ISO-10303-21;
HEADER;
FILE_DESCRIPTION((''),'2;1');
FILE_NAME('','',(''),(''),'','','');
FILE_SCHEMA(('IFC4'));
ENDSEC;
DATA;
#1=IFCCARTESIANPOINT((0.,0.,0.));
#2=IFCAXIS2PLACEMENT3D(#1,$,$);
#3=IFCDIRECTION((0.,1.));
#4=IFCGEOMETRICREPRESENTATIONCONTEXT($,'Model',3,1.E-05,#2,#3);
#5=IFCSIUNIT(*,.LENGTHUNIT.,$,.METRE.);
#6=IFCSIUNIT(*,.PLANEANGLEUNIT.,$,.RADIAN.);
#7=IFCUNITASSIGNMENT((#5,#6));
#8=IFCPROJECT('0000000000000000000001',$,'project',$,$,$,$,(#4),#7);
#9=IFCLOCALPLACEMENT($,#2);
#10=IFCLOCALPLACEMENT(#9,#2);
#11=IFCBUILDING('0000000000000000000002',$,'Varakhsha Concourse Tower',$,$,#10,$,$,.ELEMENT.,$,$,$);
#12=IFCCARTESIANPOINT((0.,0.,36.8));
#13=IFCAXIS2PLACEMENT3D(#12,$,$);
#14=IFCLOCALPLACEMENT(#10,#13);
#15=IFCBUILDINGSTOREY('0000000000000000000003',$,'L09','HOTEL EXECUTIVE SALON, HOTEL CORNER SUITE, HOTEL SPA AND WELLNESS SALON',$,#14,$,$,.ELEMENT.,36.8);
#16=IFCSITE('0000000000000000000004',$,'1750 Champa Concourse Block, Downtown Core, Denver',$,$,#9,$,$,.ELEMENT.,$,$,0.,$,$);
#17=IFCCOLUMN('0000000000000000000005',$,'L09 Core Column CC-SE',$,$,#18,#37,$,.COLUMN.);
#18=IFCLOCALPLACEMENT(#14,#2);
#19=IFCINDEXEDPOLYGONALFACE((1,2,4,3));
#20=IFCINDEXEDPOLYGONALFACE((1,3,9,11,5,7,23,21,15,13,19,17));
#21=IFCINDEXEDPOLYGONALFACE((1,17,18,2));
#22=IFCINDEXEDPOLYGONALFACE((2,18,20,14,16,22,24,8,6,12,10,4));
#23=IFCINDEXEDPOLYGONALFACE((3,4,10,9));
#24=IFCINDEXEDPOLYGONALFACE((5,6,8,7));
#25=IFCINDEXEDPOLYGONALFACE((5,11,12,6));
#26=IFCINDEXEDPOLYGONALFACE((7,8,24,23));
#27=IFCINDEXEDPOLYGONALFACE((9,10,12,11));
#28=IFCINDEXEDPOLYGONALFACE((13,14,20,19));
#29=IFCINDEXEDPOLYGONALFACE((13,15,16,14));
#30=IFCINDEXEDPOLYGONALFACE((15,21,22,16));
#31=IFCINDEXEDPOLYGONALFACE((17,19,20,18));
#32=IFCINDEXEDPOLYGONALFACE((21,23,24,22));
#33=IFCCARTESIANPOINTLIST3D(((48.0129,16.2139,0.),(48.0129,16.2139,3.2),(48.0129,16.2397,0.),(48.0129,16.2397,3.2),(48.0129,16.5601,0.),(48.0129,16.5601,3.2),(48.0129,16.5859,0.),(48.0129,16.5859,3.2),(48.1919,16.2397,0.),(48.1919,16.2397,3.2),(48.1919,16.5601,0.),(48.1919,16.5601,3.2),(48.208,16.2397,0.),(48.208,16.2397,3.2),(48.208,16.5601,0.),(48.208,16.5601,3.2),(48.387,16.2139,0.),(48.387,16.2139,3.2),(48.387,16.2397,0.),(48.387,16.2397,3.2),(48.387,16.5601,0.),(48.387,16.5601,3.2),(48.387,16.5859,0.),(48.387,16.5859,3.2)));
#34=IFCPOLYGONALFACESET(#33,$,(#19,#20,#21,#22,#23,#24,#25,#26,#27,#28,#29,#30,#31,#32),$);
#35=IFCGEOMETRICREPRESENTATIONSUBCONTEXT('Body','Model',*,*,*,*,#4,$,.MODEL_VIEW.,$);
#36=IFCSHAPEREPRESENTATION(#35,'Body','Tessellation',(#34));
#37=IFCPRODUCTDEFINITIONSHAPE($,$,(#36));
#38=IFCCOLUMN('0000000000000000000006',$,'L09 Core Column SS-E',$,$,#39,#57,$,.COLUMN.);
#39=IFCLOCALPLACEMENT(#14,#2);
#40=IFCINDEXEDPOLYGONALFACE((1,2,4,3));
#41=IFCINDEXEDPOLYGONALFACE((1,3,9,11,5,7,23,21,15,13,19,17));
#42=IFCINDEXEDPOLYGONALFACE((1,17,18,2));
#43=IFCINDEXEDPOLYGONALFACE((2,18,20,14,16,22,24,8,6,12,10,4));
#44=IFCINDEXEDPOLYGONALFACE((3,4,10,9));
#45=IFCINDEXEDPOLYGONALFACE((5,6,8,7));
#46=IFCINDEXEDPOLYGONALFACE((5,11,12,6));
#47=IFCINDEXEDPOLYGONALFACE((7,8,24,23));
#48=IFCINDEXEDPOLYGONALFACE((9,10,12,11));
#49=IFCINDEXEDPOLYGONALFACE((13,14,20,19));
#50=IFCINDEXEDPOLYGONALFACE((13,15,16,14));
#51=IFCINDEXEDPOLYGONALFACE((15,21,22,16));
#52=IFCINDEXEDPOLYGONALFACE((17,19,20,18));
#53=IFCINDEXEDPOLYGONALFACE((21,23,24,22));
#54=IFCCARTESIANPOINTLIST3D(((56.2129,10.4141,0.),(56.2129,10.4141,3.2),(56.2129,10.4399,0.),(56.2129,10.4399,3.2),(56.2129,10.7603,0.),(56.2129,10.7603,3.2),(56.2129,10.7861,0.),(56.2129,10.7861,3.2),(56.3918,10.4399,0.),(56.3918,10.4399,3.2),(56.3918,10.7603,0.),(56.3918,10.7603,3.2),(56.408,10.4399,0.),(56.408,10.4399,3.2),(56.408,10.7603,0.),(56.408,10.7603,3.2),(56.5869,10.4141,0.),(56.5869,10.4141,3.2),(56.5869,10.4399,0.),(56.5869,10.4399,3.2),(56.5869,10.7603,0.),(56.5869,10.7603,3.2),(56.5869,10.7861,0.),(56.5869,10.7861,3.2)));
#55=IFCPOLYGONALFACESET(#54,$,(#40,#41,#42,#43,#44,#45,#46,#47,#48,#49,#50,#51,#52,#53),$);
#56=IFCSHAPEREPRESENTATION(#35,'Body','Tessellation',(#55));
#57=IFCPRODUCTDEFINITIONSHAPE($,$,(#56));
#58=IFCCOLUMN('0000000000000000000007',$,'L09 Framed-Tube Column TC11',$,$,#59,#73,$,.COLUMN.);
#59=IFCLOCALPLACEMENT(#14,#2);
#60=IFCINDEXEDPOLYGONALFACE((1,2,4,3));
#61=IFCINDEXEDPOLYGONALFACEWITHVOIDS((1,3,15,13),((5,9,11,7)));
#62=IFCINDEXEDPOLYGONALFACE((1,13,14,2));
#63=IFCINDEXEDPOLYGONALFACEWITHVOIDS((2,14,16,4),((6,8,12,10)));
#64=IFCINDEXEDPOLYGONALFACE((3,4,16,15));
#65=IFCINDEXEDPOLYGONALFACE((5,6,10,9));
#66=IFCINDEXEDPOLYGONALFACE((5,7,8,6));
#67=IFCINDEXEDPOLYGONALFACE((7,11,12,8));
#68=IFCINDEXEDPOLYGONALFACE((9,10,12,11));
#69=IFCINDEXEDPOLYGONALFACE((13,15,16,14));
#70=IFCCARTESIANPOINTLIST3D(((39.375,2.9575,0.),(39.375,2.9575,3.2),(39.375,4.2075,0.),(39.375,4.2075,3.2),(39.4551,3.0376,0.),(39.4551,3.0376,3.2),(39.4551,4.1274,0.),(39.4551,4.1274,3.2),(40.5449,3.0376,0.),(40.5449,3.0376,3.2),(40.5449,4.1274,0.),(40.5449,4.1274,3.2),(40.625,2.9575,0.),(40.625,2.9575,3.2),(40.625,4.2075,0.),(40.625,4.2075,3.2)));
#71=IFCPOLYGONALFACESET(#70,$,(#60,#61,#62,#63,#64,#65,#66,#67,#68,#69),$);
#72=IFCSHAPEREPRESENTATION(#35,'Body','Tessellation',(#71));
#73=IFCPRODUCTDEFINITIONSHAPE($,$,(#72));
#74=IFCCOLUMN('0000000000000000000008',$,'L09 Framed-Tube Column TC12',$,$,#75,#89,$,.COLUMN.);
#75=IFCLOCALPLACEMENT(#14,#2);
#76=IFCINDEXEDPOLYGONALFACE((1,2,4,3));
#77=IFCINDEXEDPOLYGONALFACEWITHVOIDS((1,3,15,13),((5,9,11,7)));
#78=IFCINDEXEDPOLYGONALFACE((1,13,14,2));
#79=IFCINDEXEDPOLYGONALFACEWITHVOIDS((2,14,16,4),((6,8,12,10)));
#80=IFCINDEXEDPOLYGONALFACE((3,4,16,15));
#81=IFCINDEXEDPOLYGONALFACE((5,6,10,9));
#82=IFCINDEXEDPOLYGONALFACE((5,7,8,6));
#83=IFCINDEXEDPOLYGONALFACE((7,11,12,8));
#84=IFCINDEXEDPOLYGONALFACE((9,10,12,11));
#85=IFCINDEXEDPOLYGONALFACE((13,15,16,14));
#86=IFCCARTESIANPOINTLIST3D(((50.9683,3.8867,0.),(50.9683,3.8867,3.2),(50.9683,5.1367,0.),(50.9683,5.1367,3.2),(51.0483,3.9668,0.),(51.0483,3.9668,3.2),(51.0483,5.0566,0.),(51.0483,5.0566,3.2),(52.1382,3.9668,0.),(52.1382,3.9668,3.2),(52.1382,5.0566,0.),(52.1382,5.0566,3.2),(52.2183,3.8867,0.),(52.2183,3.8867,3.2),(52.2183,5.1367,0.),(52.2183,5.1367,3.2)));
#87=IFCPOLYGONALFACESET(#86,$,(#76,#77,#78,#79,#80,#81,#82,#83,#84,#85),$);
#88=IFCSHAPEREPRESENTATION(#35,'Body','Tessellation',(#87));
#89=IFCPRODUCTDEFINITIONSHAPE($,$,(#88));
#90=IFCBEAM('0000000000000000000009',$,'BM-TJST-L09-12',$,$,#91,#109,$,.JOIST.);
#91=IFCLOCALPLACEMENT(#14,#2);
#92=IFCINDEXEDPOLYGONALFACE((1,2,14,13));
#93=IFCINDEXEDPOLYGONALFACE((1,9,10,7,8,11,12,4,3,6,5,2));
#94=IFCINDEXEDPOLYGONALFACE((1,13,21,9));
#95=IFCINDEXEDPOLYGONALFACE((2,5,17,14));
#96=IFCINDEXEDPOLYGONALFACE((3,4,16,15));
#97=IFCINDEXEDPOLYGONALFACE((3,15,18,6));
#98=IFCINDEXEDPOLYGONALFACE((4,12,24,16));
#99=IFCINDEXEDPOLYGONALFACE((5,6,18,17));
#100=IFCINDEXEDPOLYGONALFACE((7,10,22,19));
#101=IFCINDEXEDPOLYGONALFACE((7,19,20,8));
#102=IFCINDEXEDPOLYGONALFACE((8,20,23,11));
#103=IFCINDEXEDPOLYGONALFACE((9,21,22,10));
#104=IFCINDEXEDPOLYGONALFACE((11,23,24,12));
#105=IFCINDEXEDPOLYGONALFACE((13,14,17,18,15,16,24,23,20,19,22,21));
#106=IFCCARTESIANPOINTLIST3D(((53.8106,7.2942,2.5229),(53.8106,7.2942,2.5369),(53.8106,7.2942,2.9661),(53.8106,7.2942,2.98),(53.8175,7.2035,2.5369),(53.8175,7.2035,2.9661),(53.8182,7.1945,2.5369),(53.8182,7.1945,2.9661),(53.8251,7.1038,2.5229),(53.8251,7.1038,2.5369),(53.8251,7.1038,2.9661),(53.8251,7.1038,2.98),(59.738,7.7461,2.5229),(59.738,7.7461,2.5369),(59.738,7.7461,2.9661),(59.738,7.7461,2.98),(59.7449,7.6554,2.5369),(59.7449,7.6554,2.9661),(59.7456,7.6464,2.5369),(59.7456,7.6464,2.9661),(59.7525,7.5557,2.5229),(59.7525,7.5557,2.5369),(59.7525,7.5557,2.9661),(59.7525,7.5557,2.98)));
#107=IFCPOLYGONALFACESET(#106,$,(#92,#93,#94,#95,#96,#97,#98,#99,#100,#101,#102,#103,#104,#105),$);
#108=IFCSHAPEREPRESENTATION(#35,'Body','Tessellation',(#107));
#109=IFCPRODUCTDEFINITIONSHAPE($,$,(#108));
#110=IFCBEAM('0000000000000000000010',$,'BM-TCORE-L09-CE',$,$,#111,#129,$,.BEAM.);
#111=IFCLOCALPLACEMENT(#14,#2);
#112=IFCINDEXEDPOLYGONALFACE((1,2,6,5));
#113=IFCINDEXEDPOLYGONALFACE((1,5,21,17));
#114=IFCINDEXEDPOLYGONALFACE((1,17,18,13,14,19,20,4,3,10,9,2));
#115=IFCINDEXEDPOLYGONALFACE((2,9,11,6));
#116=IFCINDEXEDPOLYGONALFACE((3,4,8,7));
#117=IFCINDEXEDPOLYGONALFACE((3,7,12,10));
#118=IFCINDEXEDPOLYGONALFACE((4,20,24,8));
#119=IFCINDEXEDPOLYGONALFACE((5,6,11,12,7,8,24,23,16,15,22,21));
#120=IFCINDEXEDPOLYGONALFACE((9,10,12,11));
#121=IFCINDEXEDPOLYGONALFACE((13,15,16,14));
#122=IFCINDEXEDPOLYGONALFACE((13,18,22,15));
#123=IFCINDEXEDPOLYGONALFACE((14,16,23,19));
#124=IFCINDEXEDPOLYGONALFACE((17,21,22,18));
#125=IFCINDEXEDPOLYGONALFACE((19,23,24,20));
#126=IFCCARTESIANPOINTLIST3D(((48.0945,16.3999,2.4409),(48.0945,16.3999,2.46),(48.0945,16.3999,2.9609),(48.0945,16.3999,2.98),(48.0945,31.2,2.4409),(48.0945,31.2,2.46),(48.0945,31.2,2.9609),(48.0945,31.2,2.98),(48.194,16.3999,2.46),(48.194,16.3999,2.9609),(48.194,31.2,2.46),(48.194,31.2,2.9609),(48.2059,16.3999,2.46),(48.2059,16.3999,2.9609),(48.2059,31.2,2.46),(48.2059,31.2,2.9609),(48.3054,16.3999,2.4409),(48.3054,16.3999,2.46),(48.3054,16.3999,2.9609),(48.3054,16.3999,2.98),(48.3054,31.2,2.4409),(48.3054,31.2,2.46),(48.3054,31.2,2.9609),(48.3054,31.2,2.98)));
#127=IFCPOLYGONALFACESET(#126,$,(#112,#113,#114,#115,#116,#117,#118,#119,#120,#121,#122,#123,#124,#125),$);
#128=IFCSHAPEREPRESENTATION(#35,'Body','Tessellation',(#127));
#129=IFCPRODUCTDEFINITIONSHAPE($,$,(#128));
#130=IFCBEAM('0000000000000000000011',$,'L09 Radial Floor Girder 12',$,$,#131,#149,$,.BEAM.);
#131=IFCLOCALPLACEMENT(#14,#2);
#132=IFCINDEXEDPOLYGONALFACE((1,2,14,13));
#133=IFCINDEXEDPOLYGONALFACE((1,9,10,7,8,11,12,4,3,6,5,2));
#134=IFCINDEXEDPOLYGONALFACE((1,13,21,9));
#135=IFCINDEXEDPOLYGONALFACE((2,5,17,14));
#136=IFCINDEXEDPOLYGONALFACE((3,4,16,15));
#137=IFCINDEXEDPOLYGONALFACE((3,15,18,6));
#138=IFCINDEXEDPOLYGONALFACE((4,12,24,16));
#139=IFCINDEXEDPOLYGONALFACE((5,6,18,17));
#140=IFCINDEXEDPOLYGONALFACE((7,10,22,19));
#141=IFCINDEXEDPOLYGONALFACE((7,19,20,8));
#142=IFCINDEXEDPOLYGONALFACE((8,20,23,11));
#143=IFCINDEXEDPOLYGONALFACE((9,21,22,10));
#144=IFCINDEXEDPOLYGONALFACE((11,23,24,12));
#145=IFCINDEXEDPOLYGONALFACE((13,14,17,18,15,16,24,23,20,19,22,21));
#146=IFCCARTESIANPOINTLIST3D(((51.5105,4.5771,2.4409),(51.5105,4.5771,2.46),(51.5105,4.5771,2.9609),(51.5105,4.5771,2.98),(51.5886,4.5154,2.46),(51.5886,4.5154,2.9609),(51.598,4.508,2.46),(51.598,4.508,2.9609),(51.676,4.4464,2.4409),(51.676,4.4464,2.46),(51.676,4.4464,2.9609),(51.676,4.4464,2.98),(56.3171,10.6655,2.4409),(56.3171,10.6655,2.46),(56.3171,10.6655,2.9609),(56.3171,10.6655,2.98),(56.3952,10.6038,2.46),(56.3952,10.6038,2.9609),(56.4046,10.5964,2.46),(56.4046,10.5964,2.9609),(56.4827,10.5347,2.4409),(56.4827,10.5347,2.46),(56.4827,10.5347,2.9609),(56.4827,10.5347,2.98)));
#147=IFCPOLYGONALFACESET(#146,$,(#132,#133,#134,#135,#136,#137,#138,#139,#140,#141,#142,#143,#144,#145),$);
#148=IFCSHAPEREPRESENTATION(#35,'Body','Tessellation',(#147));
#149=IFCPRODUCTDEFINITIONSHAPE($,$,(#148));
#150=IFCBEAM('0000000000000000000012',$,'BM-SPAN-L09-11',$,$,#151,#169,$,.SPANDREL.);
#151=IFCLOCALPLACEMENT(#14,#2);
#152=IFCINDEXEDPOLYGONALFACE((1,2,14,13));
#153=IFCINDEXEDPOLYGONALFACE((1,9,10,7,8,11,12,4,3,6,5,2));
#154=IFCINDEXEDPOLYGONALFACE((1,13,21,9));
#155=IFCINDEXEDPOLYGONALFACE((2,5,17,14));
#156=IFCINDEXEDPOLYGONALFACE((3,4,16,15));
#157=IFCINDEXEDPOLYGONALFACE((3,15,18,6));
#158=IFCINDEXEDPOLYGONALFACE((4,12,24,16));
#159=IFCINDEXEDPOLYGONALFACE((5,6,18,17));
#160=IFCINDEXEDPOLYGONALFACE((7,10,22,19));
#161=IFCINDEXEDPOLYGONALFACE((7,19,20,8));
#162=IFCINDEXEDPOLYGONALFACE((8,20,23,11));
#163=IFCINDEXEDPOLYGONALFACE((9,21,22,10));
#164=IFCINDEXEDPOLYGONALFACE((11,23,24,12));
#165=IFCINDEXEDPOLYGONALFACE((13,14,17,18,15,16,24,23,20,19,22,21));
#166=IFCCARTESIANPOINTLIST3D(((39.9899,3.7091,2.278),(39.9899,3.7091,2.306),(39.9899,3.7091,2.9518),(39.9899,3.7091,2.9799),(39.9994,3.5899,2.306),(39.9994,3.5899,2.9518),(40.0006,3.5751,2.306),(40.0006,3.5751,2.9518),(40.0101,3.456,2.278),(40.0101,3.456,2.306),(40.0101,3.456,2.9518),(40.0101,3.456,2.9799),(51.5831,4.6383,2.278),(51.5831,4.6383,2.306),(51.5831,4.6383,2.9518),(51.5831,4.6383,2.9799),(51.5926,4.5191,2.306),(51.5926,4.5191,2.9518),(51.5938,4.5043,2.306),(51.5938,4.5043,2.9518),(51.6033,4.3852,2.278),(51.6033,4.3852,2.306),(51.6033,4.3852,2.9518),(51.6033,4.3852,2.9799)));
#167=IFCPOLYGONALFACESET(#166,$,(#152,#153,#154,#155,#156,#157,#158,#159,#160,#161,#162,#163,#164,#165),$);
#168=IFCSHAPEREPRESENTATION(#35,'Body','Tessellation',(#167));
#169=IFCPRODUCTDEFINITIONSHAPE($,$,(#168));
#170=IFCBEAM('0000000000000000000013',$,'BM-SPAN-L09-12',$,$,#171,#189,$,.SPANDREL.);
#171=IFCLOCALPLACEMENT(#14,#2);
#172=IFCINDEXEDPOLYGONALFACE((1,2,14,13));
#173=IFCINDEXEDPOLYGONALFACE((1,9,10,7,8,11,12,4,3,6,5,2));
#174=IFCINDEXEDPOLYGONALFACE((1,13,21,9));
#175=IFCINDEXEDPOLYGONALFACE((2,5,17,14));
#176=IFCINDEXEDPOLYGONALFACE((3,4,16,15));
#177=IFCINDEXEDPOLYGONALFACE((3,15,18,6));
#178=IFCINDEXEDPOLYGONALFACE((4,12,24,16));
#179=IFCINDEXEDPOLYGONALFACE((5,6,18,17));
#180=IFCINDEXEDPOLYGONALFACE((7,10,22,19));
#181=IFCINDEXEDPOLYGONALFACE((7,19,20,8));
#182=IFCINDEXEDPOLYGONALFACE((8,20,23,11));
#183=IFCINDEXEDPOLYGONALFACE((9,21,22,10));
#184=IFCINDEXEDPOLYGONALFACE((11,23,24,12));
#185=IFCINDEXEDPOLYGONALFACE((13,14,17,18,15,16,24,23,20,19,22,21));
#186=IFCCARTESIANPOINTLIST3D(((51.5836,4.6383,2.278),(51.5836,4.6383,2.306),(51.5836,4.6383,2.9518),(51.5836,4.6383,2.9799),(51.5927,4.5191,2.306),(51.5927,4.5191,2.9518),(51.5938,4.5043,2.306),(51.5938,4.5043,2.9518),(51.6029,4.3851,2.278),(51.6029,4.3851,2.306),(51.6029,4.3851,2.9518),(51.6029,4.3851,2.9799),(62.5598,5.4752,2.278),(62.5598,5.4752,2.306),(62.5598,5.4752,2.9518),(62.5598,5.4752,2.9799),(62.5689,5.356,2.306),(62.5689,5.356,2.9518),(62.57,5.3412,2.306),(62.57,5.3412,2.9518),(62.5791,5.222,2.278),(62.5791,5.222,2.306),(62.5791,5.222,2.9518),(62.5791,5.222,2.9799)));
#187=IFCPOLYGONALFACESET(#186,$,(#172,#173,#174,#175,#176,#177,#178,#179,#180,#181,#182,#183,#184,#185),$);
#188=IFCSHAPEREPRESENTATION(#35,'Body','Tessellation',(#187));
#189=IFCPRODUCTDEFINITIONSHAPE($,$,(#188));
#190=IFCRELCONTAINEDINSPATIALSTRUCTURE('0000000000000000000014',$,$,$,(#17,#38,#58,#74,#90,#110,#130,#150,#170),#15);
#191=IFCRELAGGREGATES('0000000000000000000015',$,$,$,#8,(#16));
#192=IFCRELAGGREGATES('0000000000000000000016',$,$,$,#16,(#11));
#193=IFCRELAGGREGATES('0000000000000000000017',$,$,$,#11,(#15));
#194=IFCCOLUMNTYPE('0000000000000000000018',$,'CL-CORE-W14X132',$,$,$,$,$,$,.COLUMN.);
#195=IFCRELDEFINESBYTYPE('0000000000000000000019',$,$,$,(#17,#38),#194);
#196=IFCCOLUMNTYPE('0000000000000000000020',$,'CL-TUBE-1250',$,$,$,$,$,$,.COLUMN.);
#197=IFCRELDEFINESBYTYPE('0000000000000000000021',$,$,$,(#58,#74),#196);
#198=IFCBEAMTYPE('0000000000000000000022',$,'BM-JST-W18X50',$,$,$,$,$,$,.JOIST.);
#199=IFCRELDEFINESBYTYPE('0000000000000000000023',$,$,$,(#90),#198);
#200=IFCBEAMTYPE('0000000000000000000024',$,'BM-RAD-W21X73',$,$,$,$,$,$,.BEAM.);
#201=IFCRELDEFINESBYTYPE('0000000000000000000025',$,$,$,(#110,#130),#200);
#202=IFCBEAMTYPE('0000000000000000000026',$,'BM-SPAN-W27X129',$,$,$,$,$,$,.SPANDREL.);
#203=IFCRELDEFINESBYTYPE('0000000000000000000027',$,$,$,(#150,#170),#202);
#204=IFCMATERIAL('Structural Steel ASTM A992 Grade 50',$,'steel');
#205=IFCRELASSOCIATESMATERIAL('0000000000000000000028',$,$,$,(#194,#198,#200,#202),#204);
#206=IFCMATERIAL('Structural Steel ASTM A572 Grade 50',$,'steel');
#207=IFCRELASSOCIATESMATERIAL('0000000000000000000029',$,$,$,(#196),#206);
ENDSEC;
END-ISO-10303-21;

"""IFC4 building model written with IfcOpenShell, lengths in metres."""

from ifc_helpers import new_model, si_unit, direction, frame, origin, origin_2d, place, context, subcontext, project, spatial, hollow_rectangle, i_section, extrude, material, material_profile, profile_set, type_object, element, save


model = new_model("IFC4")

# Units and contexts
model_context = context("Model", 3, precision=1e-05, world=origin(), true_north=direction((0.0, 1.0)))
body_context = subcontext(model_context, "Body", "Model", "MODEL_VIEW")
ifc_project = project(units=[si_unit("LENGTHUNIT", "METRE"), si_unit("PLANEANGLEUNIT", "RADIAN")], contexts=[model_context])

# Site, building, storey
site_placement = place(None, origin())
site = spatial("IfcSite", under=ifc_project, at=site_placement, Name="1750 Champa Concourse Block, Downtown Core, Denver", CompositionType="ELEMENT", RefElevation=0.0)
building_placement = place(site_placement, origin())
building = spatial("IfcBuilding", under=site, at=building_placement, Name="Varakhsha Concourse Tower", CompositionType="ELEMENT")
storey_placement = place(building_placement, frame((0.0, 0.0, 36.8)))
storey = spatial("IfcBuildingStorey", under=building, at=storey_placement, Name="L09", Description="HOTEL EXECUTIVE SALON, HOTEL CORNER SUITE, HOTEL SPA AND WELLNESS SALON", CompositionType="ELEMENT", Elevation=36.8)

# Columns
ifc_material_1 = material(Name="Structural Steel ASTM A992 Grade 50", Category="steel")
ifc_material_profile_1 = material_profile(ifc_material_1, i_section(OverallWidth=0.374, OverallDepth=0.3721, WebThickness=0.0161, FlangeThickness=0.0259, at=origin_2d()), Name="W14X132")
ifc_profile_set_1 = profile_set([ifc_material_profile_1], Name="Structural Steel ASTM A992 Grade 50")
column_type_1 = type_object("IfcColumnType", Name="CL-CORE-W14X132", PredefinedType="COLUMN", material=ifc_profile_set_1)
for number, where, z_axis, x_axis, name in (
    (1, (48.2, 16.3999, 0.0), (0.0, 0.0, 1.0), (1.0, 0.0, 0.0), "L09 Core Column CC-SE"),
    (2, (56.3999, 10.6001, 0.0), (0.0, 0.0, 1.0), (1.0, 0.0, 0.0), "L09 Core Column SS-E"),
):
    element("IfcColumn", number, at=place(storey_placement, frame(where, z_axis=z_axis, x_axis=x_axis)), inside=storey, type_object=column_type_1, Name=name, PredefinedType="COLUMN", context=body_context, shape_type="SweptSolid", body=[
        extrude(i_section(OverallWidth=0.374, OverallDepth=0.3721, WebThickness=0.0161, FlangeThickness=0.0259, at=origin_2d()), origin(), (0.0, 0.0, 1.0), 3.2),
    ])
ifc_material_2 = material(Name="Structural Steel ASTM A572 Grade 50", Category="steel")
ifc_material_profile_2 = material_profile(ifc_material_2, hollow_rectangle(XDim=1.25, YDim=1.25, WallThickness=0.0801, at=origin_2d()), Name="BOX 1250x1250x80")
ifc_profile_set_2 = profile_set([ifc_material_profile_2], Name="Structural Steel ASTM A572 Grade 50")
column_type_2 = type_object("IfcColumnType", Name="CL-TUBE-1250", PredefinedType="COLUMN", material=ifc_profile_set_2)
for number, where, z_axis, x_axis, name in (
    (3, (40.0, 3.5825, 0.0), (0.0, 0.0, 1.0), (1.0, 0.0, 0.0), "L09 Framed-Tube Column TC11"),
    (4, (51.5933, 4.5117, 0.0), (0.0, 0.0, 1.0), (1.0, 0.0, 0.0), "L09 Framed-Tube Column TC12"),
):
    element("IfcColumn", number, at=place(storey_placement, frame(where, z_axis=z_axis, x_axis=x_axis)), inside=storey, type_object=column_type_2, Name=name, PredefinedType="COLUMN", context=body_context, shape_type="SweptSolid", body=[
        extrude(hollow_rectangle(XDim=1.25, YDim=1.25, WallThickness=0.0801, at=origin_2d()), origin(), (0.0, 0.0, 1.0), 3.2),
    ])

# Beams
ifc_material_profile_3 = material_profile(ifc_material_1, i_section(OverallWidth=0.1909, OverallDepth=0.457, WebThickness=0.009, FlangeThickness=0.0139, at=origin_2d()), Name="W18X50")
ifc_profile_set_3 = profile_set([ifc_material_profile_3], Name="Structural Steel ASTM A992 Grade 50")
beam_type_1 = type_object("IfcBeamType", Name="BM-JST-W18X50", PredefinedType="JOIST", material=ifc_profile_set_3)
beam_1_placement = place(storey_placement, frame((53.8179, 7.199, 2.7515), z_axis=(0.997106, 0.076018, 0.0), x_axis=(-0.076018, 0.997106, 0.0)))
element("IfcBeam", 5, at=beam_1_placement, inside=storey, type_object=beam_type_1, Name="BM-TJST-L09-12", PredefinedType="JOIST", context=body_context, shape_type="SweptSolid", body=[
    extrude(i_section(OverallWidth=0.1909, OverallDepth=0.457, WebThickness=0.009, FlangeThickness=0.0139, at=origin_2d()), origin(), (0.0, 0.0, 1.0), 5.9446),
])
ifc_material_profile_4 = material_profile(ifc_material_1, i_section(OverallWidth=0.2109, OverallDepth=0.5391, WebThickness=0.012, FlangeThickness=0.019, at=origin_2d()), Name="W21X73")
ifc_profile_set_4 = profile_set([ifc_material_profile_4], Name="Structural Steel ASTM A992 Grade 50")
beam_type_2 = type_object("IfcBeamType", Name="BM-RAD-W21X73", PredefinedType="BEAM", material=ifc_profile_set_4)
beam_2_placement = place(storey_placement, frame((48.2, 16.3999, 2.7104), z_axis=(0.0, 1.0, 0.0), x_axis=(-1.0, 0.0, 0.0)))
element("IfcBeam", 6, at=beam_2_placement, inside=storey, type_object=beam_type_2, Name="BM-TCORE-L09-CE", PredefinedType="BEAM", context=body_context, shape_type="SweptSolid", body=[
    extrude(i_section(OverallWidth=0.2109, OverallDepth=0.5391, WebThickness=0.012, FlangeThickness=0.019, at=origin_2d()), origin(), (0.0, 0.0, 1.0), 14.8),
])
beam_3_placement = place(storey_placement, frame((56.3999, 10.6001, 2.7104), z_axis=(-0.619646, -0.784881, 0.0), x_axis=(0.784881, -0.619646, 0.0)))
element("IfcBeam", 7, at=beam_3_placement, inside=storey, type_object=beam_type_2, Name="L09 Radial Floor Girder 12", PredefinedType="BEAM", context=body_context, shape_type="SweptSolid", body=[
    extrude(i_section(OverallWidth=0.2109, OverallDepth=0.5391, WebThickness=0.012, FlangeThickness=0.019, at=origin_2d()), origin(), (0.0, 0.0, 1.0), 7.7571),
])
ifc_material_profile_5 = material_profile(ifc_material_1, i_section(OverallWidth=0.2539, OverallDepth=0.7019, WebThickness=0.0149, FlangeThickness=0.0281, at=origin_2d()), Name="W27X129")
ifc_profile_set_5 = profile_set([ifc_material_profile_5], Name="Structural Steel ASTM A992 Grade 50")
beam_type_3 = type_object("IfcBeamType", Name="BM-SPAN-W27X129", PredefinedType="SPANDREL", material=ifc_profile_set_5)
beam_4_placement = place(storey_placement, frame((40.0, 3.5825, 2.6289), z_axis=(0.996803, 0.079894, 0.0), x_axis=(-0.079894, 0.996803, 0.0)))
element("IfcBeam", 8, at=beam_4_placement, inside=storey, type_object=beam_type_3, Name="BM-SPAN-L09-11", PredefinedType="SPANDREL", context=body_context, shape_type="SweptSolid", body=[
    extrude(i_section(OverallWidth=0.2539, OverallDepth=0.7019, WebThickness=0.0149, FlangeThickness=0.0281, at=origin_2d()), origin(), (0.0, 0.0, 1.0), 11.6304),
])
beam_5_placement = place(storey_placement, frame((51.5933, 4.5117, 2.6289), z_axis=(0.997106, 0.076027, 0.0), x_axis=(-0.076027, 0.997106, 0.0)))
element("IfcBeam", 9, at=beam_5_placement, inside=storey, type_object=beam_type_3, Name="BM-SPAN-L09-12", PredefinedType="SPANDREL", context=body_context, shape_type="SweptSolid", body=[
    extrude(i_section(OverallWidth=0.2539, OverallDepth=0.7019, WebThickness=0.0149, FlangeThickness=0.0281, at=origin_2d()), origin(), (0.0, 0.0, 1.0), 11.0081),
])

save(model, "model.ifc")
